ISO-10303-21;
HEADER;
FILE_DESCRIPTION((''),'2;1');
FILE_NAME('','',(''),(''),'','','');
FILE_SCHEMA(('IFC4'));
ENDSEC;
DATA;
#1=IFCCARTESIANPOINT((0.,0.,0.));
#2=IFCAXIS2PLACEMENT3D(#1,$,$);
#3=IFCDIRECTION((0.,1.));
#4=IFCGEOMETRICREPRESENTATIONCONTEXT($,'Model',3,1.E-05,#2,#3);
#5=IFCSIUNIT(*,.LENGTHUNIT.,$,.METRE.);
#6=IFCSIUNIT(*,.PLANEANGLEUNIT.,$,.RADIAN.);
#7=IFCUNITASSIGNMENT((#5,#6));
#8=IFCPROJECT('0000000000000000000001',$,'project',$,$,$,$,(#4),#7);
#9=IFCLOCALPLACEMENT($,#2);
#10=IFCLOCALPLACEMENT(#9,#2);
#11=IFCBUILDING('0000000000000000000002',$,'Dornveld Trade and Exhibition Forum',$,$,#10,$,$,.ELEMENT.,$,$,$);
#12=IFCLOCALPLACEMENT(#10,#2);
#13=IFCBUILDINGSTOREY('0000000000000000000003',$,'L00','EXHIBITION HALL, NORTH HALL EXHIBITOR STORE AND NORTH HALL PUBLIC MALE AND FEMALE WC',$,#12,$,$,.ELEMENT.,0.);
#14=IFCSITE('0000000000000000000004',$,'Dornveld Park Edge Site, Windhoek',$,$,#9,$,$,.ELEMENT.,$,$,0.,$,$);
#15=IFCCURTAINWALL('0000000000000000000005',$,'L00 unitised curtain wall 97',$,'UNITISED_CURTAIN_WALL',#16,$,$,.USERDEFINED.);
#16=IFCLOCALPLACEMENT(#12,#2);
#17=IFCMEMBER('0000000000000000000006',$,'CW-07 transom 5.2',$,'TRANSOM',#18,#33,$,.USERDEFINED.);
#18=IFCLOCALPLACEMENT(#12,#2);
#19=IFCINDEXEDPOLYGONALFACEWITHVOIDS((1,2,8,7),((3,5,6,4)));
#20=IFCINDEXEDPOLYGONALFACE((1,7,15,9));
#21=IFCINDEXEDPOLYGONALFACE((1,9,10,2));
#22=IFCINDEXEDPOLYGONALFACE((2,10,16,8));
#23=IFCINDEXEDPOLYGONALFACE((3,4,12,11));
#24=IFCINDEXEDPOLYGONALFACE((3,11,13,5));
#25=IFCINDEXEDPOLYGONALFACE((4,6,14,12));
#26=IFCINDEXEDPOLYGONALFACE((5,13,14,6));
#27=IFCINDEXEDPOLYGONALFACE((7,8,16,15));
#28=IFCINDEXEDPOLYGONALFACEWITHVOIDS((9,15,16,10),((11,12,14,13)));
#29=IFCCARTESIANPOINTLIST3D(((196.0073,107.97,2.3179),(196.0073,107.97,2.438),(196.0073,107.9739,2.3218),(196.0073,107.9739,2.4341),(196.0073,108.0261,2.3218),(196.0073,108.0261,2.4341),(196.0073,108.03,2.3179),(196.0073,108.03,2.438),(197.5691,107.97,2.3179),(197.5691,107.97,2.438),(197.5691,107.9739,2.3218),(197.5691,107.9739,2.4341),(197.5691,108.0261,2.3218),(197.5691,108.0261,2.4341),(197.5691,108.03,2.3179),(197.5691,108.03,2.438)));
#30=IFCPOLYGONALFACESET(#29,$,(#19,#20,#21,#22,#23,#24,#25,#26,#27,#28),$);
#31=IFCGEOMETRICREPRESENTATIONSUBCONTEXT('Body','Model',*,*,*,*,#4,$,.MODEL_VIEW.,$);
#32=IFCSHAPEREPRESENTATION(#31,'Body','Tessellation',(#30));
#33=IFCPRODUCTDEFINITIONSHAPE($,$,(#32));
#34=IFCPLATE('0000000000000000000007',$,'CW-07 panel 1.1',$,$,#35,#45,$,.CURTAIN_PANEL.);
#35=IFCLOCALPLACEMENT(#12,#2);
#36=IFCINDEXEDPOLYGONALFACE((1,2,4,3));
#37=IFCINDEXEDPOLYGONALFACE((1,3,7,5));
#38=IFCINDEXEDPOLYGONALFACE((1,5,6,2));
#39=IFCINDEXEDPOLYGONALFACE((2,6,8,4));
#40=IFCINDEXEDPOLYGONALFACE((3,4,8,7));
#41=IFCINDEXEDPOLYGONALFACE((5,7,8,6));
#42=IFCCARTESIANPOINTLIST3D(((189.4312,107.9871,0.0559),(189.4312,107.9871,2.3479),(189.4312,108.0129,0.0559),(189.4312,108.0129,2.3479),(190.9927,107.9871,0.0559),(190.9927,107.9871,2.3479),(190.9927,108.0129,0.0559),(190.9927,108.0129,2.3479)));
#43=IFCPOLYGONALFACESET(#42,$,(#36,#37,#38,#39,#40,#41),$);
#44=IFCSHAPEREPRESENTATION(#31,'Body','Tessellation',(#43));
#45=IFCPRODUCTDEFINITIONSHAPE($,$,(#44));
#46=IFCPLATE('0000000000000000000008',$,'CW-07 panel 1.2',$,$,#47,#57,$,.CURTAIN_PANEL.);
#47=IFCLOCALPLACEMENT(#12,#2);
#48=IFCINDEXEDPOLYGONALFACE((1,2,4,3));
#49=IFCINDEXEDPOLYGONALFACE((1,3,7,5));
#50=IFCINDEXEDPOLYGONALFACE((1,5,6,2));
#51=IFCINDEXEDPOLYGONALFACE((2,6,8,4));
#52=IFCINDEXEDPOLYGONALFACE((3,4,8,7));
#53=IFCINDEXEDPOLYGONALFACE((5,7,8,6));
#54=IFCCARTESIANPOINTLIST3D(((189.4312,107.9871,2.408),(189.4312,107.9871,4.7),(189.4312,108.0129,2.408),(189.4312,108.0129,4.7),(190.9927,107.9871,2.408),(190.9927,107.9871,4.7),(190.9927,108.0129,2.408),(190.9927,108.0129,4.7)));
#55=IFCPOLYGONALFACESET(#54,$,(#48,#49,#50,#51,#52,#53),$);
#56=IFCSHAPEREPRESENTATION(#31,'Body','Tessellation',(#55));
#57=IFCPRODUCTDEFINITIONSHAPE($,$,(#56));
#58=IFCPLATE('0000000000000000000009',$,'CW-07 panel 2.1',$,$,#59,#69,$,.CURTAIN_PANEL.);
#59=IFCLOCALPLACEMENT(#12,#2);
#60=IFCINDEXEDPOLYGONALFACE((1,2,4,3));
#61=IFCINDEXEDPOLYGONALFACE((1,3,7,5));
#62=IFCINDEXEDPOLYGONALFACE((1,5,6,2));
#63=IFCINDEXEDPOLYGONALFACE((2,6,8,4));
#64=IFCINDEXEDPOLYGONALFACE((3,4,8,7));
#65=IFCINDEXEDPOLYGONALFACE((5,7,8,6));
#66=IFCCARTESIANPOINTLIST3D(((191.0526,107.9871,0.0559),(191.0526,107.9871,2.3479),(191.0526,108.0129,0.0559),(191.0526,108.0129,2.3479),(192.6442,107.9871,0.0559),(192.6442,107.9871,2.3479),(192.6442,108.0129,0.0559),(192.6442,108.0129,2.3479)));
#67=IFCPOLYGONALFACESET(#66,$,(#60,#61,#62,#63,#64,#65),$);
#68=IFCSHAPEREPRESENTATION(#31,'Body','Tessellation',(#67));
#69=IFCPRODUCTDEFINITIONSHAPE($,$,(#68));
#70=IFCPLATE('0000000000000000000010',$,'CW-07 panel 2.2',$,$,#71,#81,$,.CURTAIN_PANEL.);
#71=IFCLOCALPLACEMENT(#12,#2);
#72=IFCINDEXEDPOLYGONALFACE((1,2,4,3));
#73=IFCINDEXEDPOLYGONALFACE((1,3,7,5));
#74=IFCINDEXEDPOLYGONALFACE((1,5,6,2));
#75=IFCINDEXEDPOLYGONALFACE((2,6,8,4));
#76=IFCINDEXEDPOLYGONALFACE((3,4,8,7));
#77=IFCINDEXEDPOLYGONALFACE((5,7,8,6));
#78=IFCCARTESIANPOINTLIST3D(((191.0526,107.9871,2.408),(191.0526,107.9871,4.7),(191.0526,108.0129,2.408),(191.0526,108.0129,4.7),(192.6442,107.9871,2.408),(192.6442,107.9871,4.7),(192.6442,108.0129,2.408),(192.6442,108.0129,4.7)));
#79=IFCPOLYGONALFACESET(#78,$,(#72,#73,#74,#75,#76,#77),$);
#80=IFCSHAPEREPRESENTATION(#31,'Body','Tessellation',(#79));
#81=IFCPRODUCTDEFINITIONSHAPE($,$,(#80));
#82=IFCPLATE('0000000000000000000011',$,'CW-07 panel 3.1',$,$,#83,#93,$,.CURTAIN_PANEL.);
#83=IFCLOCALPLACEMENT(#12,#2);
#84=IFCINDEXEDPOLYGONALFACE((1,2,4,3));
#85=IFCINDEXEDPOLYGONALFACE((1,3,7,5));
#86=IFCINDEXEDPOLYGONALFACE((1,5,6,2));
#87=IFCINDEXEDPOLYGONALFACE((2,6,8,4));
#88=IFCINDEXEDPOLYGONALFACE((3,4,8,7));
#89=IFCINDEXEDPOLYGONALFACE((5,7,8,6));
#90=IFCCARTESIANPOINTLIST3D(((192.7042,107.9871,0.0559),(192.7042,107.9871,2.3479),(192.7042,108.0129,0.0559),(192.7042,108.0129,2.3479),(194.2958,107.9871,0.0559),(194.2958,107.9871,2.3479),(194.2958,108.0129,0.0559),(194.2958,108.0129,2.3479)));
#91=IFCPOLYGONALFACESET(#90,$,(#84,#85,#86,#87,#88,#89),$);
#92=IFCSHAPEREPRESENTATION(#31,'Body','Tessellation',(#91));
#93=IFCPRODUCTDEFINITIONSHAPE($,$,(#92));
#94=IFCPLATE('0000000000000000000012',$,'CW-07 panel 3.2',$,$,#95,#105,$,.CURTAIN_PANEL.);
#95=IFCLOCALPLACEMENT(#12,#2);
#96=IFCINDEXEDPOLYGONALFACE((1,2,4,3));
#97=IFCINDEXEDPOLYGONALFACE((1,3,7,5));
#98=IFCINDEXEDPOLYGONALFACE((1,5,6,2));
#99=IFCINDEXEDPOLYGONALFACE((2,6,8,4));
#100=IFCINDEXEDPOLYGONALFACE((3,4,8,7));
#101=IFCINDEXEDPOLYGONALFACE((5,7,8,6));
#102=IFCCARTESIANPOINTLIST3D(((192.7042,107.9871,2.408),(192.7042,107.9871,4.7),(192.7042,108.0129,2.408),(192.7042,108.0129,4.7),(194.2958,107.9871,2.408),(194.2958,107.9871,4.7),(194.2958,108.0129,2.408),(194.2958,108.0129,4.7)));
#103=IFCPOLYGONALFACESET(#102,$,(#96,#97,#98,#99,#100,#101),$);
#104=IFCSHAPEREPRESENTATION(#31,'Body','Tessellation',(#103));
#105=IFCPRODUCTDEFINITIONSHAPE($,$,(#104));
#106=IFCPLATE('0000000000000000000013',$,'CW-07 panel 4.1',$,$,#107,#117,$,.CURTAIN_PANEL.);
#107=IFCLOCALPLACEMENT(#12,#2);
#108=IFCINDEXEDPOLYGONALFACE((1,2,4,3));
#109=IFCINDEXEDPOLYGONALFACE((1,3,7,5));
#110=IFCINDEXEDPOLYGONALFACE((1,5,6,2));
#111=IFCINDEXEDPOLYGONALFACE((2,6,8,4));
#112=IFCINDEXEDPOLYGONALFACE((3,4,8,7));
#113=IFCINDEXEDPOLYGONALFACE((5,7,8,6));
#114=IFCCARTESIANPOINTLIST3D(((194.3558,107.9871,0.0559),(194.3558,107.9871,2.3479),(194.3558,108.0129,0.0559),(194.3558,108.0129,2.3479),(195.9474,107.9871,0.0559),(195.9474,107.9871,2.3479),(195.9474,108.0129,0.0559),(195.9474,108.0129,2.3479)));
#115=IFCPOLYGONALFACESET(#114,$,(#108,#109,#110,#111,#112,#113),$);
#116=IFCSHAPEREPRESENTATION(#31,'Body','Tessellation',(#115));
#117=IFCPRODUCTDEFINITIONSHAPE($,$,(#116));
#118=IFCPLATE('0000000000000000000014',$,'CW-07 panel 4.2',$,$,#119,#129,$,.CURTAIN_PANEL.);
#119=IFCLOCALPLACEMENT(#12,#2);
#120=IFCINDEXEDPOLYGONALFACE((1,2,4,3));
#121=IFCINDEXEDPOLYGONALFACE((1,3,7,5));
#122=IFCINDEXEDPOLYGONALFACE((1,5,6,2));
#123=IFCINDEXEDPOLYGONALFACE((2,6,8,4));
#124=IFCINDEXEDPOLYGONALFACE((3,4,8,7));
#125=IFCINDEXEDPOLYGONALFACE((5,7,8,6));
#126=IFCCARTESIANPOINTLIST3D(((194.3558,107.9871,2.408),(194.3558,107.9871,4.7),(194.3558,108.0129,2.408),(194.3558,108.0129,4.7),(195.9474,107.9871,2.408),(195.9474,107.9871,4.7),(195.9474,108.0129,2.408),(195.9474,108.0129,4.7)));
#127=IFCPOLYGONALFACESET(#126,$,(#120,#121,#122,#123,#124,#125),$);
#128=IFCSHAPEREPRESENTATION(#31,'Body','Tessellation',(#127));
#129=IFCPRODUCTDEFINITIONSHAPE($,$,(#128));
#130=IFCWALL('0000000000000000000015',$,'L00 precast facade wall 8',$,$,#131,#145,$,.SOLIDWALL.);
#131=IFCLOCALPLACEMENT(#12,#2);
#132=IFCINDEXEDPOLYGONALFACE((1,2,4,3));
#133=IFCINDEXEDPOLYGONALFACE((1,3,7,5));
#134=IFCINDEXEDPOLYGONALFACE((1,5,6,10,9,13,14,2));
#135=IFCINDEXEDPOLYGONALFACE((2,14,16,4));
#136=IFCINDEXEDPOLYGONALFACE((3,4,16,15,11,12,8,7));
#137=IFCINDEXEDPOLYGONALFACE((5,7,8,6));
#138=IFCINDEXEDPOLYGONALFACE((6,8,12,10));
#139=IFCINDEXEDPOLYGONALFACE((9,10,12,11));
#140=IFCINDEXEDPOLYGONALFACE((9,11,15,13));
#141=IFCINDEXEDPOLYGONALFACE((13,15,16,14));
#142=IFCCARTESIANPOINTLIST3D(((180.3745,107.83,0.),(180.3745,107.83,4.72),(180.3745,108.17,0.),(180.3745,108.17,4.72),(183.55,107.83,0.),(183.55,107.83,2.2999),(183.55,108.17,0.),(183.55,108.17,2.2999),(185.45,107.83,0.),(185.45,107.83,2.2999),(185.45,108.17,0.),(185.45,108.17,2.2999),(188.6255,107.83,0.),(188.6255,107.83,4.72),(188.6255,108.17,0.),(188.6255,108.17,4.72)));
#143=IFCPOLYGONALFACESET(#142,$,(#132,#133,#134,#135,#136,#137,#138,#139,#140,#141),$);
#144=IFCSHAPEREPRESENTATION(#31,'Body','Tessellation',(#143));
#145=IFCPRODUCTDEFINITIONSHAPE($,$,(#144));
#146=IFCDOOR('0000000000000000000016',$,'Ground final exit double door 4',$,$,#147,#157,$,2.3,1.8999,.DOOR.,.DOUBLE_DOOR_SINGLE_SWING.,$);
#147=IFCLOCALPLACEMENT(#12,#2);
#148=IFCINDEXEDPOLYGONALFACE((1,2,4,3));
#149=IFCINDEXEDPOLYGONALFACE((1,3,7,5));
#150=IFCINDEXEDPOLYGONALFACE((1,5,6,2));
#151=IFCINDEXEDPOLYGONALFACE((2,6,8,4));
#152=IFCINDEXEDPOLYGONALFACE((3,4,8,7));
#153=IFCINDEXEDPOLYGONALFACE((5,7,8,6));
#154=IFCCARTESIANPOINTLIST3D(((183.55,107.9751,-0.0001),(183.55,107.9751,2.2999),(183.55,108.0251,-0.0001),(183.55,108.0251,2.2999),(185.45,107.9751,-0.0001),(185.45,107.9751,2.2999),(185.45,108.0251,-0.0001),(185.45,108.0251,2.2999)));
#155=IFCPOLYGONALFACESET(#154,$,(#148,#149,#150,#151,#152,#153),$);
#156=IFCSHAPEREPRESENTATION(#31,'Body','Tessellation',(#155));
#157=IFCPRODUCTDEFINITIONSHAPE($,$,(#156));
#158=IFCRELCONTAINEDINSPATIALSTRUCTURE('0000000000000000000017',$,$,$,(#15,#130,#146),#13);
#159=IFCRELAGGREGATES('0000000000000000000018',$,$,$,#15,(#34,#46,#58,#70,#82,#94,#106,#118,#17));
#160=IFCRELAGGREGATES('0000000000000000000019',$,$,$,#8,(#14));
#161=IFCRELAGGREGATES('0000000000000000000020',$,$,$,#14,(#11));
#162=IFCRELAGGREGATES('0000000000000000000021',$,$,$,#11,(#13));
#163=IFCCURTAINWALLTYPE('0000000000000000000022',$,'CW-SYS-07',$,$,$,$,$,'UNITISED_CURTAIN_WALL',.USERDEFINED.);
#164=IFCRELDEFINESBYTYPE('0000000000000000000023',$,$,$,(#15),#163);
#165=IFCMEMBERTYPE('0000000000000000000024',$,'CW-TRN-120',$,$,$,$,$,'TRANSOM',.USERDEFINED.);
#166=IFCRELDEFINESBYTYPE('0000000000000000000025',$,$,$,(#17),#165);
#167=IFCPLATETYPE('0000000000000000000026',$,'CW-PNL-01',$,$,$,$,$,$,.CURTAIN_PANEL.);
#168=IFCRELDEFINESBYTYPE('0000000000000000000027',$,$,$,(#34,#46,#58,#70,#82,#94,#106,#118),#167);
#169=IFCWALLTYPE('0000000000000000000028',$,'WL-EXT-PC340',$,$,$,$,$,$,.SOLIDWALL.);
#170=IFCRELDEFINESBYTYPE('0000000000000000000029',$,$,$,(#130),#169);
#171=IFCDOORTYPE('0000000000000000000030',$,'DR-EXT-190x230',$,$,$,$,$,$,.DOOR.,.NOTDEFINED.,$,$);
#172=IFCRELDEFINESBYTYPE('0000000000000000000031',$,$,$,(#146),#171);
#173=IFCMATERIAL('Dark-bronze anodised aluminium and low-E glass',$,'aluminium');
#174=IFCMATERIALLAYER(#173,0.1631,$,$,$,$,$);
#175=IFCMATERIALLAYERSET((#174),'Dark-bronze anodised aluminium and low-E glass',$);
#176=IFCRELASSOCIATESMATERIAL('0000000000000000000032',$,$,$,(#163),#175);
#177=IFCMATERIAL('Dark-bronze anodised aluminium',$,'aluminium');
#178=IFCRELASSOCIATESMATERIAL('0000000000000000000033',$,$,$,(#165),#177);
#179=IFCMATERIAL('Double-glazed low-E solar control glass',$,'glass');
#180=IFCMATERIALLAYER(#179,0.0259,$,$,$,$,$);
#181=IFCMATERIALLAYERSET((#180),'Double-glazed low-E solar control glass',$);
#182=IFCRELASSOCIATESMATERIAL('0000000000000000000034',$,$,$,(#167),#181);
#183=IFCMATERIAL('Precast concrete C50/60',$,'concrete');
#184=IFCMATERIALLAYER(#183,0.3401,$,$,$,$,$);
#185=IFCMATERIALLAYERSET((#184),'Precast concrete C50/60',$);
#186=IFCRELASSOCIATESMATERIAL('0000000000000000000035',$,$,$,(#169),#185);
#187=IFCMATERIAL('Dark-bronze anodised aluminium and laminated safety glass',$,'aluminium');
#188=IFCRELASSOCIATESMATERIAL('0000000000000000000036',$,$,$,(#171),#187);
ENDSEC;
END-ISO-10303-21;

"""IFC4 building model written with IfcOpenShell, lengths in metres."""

from ifc_helpers import new_model, si_unit, direction, frame, frame_2d, origin, origin_2d, place, context, subcontext, project, spatial, rectangle, hollow_rectangle, extrude, material, layer, layer_set, material_profile, profile_set, type_object, element, fill, aggregate, save


model = new_model("IFC4")

# Units and contexts
model_context = context("Model", 3, precision=1e-05, world=origin(), true_north=direction((0.0, 1.0)))
body_context = subcontext(model_context, "Body", "Model", "MODEL_VIEW")
ifc_project = project(units=[si_unit("LENGTHUNIT", "METRE"), si_unit("PLANEANGLEUNIT", "RADIAN")], contexts=[model_context])

# Site, building, storey
site_placement = place(None, origin())
site = spatial("IfcSite", under=ifc_project, at=site_placement, Name="Dornveld Park Edge Site, Windhoek", CompositionType="ELEMENT", RefElevation=0.0)
building_placement = place(site_placement, origin())
building = spatial("IfcBuilding", under=site, at=building_placement, Name="Dornveld Trade and Exhibition Forum", CompositionType="ELEMENT")
storey_placement = place(building_placement, origin())
storey = spatial("IfcBuildingStorey", under=building, at=storey_placement, Name="L00", Description="EXHIBITION HALL, NORTH HALL EXHIBITOR STORE AND NORTH HALL PUBLIC MALE AND FEMALE WC", CompositionType="ELEMENT", Elevation=0.0)

# Curtain wall, member, plates
ifc_material_1 = material(Name="Dark-bronze anodised aluminium and low-E glass", Category="aluminium")
ifc_layer_1 = layer(ifc_material_1, 0.1631)
ifc_layer_set_1 = layer_set([ifc_layer_1], Name="Dark-bronze anodised aluminium and low-E glass")
curtain_wall_type_1 = type_object("IfcCurtainWallType", Name="CW-SYS-07", ElementType="UNITISED_CURTAIN_WALL", PredefinedType="USERDEFINED", material=ifc_layer_set_1)
curtain_wall_1_placement = place(storey_placement, origin())
curtain_wall_1 = element("IfcCurtainWall", 1, at=curtain_wall_1_placement, inside=storey, type_object=curtain_wall_type_1, Name="L00 unitised curtain wall 97", ObjectType="UNITISED_CURTAIN_WALL", PredefinedType="USERDEFINED")
ifc_material_2 = material(Name="Dark-bronze anodised aluminium", Category="aluminium")
ifc_material_profile_1 = material_profile(ifc_material_2, hollow_rectangle(XDim=0.0601, YDim=0.1201, WallThickness=0.0039, at=origin_2d()), Name="RHS 120x60x4")
ifc_profile_set_1 = profile_set([ifc_material_profile_1], Name="Dark-bronze anodised aluminium")
member_type_1 = type_object("IfcMemberType", Name="CW-TRN-120", ElementType="TRANSOM", PredefinedType="USERDEFINED", material=ifc_profile_set_1)
member_1_placement = place(storey_placement, frame((196.0073, 108.0, 2.3779), z_axis=(1.0, 0.0, 0.0), x_axis=(0.0, 1.0, 0.0)))
member_1 = element("IfcMember", 2, at=member_1_placement, type_object=member_type_1, Name="CW-07 transom 5.2", ObjectType="TRANSOM", PredefinedType="USERDEFINED", context=body_context, shape_type="SweptSolid", body=[
    extrude(hollow_rectangle(XDim=0.0601, YDim=0.1201, WallThickness=0.0039, at=origin_2d()), origin(), (0.0, 0.0, 1.0), 1.5618),
])
ifc_material_3 = material(Name="Double-glazed low-E solar control glass", Category="glass")
ifc_layer_2 = layer(ifc_material_3, 0.0259)
ifc_layer_set_2 = layer_set([ifc_layer_2], Name="Double-glazed low-E solar control glass")
plate_type = type_object("IfcPlateType", Name="CW-PNL-01", PredefinedType="CURTAIN_PANEL", material=ifc_layer_set_2)
plate_1_placement = place(storey_placement, frame((190.2119, 108.0, 0.0559), z_axis=(0.0, 0.0, 1.0), x_axis=(1.0, 0.0, 0.0)))
plate_1 = element("IfcPlate", 3, at=plate_1_placement, type_object=plate_type, Name="CW-07 panel 1.1", PredefinedType="CURTAIN_PANEL", context=body_context, shape_type="SweptSolid", body=[
    extrude(rectangle(XDim=1.5615, YDim=0.0259, at=origin_2d()), origin(), (0.0, 0.0, 1.0), 2.292),
])
plate_2_placement = place(storey_placement, frame((190.2119, 108.0, 2.408), z_axis=(0.0, 0.0, 1.0), x_axis=(1.0, 0.0, 0.0)))
plate_2 = element("IfcPlate", 4, at=plate_2_placement, type_object=plate_type, Name="CW-07 panel 1.2", PredefinedType="CURTAIN_PANEL", context=body_context, shape_type="SweptSolid", body=[
    extrude(rectangle(XDim=1.5615, YDim=0.0259, at=origin_2d()), origin(), (0.0, 0.0, 1.0), 2.292),
])
plate_3_placement = place(storey_placement, frame((191.8484, 108.0, 0.0559), z_axis=(0.0, 0.0, 1.0), x_axis=(1.0, 0.0, 0.0)))
plate_3 = element("IfcPlate", 5, at=plate_3_placement, type_object=plate_type, Name="CW-07 panel 2.1", PredefinedType="CURTAIN_PANEL", context=body_context, shape_type="SweptSolid", body=[
    extrude(rectangle(XDim=1.5916, YDim=0.0259, at=origin_2d()), origin(), (0.0, 0.0, 1.0), 2.292),
])
plate_4_placement = place(storey_placement, frame((191.8484, 108.0, 2.408), z_axis=(0.0, 0.0, 1.0), x_axis=(1.0, 0.0, 0.0)))
plate_4 = element("IfcPlate", 6, at=plate_4_placement, type_object=plate_type, Name="CW-07 panel 2.2", PredefinedType="CURTAIN_PANEL", context=body_context, shape_type="SweptSolid", body=[
    extrude(rectangle(XDim=1.5916, YDim=0.0259, at=origin_2d()), origin(), (0.0, 0.0, 1.0), 2.292),
])
plate_5_placement = place(storey_placement, frame((193.5, 108.0, 0.0559), z_axis=(0.0, 0.0, 1.0), x_axis=(1.0, 0.0, 0.0)))
plate_5 = element("IfcPlate", 7, at=plate_5_placement, type_object=plate_type, Name="CW-07 panel 3.1", PredefinedType="CURTAIN_PANEL", context=body_context, shape_type="SweptSolid", body=[
    extrude(rectangle(XDim=1.5916, YDim=0.0259, at=origin_2d()), origin(), (0.0, 0.0, 1.0), 2.292),
])
plate_6_placement = place(storey_placement, frame((193.5, 108.0, 2.408), z_axis=(0.0, 0.0, 1.0), x_axis=(1.0, 0.0, 0.0)))
plate_6 = element("IfcPlate", 8, at=plate_6_placement, type_object=plate_type, Name="CW-07 panel 3.2", PredefinedType="CURTAIN_PANEL", context=body_context, shape_type="SweptSolid", body=[
    extrude(rectangle(XDim=1.5916, YDim=0.0259, at=origin_2d()), origin(), (0.0, 0.0, 1.0), 2.292),
])
plate_7_placement = place(storey_placement, frame((195.1516, 108.0, 0.0559), z_axis=(0.0, 0.0, 1.0), x_axis=(1.0, 0.0, 0.0)))
plate_7 = element("IfcPlate", 9, at=plate_7_placement, type_object=plate_type, Name="CW-07 panel 4.1", PredefinedType="CURTAIN_PANEL", context=body_context, shape_type="SweptSolid", body=[
    extrude(rectangle(XDim=1.5916, YDim=0.0259, at=origin_2d()), origin(), (0.0, 0.0, 1.0), 2.292),
])
plate_8_placement = place(storey_placement, frame((195.1516, 108.0, 2.408), z_axis=(0.0, 0.0, 1.0), x_axis=(1.0, 0.0, 0.0)))
plate_8 = element("IfcPlate", 10, at=plate_8_placement, type_object=plate_type, Name="CW-07 panel 4.2", PredefinedType="CURTAIN_PANEL", context=body_context, shape_type="SweptSolid", body=[
    extrude(rectangle(XDim=1.5916, YDim=0.0259, at=origin_2d()), origin(), (0.0, 0.0, 1.0), 2.292),
])
aggregate(curtain_wall_1, [plate_1, plate_2, plate_3, plate_4, plate_5, plate_6, plate_7, plate_8, member_1])

# Wall, opening, door
ifc_material_4 = material(Name="Precast concrete C50/60", Category="concrete")
ifc_layer_3 = layer(ifc_material_4, 0.3401)
ifc_layer_set_3 = layer_set([ifc_layer_3], Name="Precast concrete C50/60")
wall_type = type_object("IfcWallType", Name="WL-EXT-PC340", PredefinedType="SOLIDWALL", material=ifc_layer_set_3)
wall_placement = place(storey_placement, frame((180.3745, 108.0, 0.0), z_axis=(0.0, 0.0, 1.0), x_axis=(1.0, 0.0, 0.0)))
wall = element("IfcWall", 11, at=wall_placement, inside=storey, type_object=wall_type, Name="L00 precast facade wall 8", PredefinedType="SOLIDWALL", context=body_context, shape_type="SweptSolid", body=[
    extrude(rectangle(XDim=8.251, YDim=0.3401, at=frame_2d((4.1255, 0.0))), origin(), (0.0, 0.0, 1.0), 4.72),
])
opening_placement = place(wall_placement, frame((3.1755, 0.0, 0.0)))
opening = element("IfcOpeningElement", 12, at=opening_placement, cuts=wall, PredefinedType="OPENING", context=body_context, shape_type="SweptSolid", body=[
    extrude(rectangle(XDim=1.8999, YDim=2.3, at=frame_2d((0.95, 1.1499))), frame((0.0, 0.1799, 0.0), z_axis=(0.0, -1.0, 0.0), x_axis=(1.0, 0.0, 0.0)), (0.0, 0.0, 1.0), 0.3601),
])
ifc_material_5 = material(Name="Dark-bronze anodised aluminium and laminated safety glass", Category="aluminium")
door_type = type_object("IfcDoorType", Name="DR-EXT-190x230", OperationType="NOTDEFINED", PredefinedType="DOOR", material=ifc_material_5)
door_placement = place(opening_placement, frame((1.8999, 0.0, 0.0), z_axis=(0.0, 0.0, 1.0), x_axis=(-1.0, 0.0, 0.0)))
door = element("IfcDoor", 13, at=door_placement, inside=storey, type_object=door_type, Name="Ground final exit double door 4", OperationType="DOUBLE_DOOR_SINGLE_SWING", OverallHeight=2.3, OverallWidth=1.8999, PredefinedType="DOOR", context=body_context, shape_type="SweptSolid", body=[
    extrude(rectangle(XDim=1.8999, YDim=2.3, at=frame_2d((0.95, 1.1499))), frame((0.0, 0.0249, 0.0), z_axis=(0.0, -1.0, 0.0), x_axis=(1.0, 0.0, 0.0)), (0.0, 0.0, 1.0), 0.05),
])
fill(opening, door)

save(model, "model.ifc")
